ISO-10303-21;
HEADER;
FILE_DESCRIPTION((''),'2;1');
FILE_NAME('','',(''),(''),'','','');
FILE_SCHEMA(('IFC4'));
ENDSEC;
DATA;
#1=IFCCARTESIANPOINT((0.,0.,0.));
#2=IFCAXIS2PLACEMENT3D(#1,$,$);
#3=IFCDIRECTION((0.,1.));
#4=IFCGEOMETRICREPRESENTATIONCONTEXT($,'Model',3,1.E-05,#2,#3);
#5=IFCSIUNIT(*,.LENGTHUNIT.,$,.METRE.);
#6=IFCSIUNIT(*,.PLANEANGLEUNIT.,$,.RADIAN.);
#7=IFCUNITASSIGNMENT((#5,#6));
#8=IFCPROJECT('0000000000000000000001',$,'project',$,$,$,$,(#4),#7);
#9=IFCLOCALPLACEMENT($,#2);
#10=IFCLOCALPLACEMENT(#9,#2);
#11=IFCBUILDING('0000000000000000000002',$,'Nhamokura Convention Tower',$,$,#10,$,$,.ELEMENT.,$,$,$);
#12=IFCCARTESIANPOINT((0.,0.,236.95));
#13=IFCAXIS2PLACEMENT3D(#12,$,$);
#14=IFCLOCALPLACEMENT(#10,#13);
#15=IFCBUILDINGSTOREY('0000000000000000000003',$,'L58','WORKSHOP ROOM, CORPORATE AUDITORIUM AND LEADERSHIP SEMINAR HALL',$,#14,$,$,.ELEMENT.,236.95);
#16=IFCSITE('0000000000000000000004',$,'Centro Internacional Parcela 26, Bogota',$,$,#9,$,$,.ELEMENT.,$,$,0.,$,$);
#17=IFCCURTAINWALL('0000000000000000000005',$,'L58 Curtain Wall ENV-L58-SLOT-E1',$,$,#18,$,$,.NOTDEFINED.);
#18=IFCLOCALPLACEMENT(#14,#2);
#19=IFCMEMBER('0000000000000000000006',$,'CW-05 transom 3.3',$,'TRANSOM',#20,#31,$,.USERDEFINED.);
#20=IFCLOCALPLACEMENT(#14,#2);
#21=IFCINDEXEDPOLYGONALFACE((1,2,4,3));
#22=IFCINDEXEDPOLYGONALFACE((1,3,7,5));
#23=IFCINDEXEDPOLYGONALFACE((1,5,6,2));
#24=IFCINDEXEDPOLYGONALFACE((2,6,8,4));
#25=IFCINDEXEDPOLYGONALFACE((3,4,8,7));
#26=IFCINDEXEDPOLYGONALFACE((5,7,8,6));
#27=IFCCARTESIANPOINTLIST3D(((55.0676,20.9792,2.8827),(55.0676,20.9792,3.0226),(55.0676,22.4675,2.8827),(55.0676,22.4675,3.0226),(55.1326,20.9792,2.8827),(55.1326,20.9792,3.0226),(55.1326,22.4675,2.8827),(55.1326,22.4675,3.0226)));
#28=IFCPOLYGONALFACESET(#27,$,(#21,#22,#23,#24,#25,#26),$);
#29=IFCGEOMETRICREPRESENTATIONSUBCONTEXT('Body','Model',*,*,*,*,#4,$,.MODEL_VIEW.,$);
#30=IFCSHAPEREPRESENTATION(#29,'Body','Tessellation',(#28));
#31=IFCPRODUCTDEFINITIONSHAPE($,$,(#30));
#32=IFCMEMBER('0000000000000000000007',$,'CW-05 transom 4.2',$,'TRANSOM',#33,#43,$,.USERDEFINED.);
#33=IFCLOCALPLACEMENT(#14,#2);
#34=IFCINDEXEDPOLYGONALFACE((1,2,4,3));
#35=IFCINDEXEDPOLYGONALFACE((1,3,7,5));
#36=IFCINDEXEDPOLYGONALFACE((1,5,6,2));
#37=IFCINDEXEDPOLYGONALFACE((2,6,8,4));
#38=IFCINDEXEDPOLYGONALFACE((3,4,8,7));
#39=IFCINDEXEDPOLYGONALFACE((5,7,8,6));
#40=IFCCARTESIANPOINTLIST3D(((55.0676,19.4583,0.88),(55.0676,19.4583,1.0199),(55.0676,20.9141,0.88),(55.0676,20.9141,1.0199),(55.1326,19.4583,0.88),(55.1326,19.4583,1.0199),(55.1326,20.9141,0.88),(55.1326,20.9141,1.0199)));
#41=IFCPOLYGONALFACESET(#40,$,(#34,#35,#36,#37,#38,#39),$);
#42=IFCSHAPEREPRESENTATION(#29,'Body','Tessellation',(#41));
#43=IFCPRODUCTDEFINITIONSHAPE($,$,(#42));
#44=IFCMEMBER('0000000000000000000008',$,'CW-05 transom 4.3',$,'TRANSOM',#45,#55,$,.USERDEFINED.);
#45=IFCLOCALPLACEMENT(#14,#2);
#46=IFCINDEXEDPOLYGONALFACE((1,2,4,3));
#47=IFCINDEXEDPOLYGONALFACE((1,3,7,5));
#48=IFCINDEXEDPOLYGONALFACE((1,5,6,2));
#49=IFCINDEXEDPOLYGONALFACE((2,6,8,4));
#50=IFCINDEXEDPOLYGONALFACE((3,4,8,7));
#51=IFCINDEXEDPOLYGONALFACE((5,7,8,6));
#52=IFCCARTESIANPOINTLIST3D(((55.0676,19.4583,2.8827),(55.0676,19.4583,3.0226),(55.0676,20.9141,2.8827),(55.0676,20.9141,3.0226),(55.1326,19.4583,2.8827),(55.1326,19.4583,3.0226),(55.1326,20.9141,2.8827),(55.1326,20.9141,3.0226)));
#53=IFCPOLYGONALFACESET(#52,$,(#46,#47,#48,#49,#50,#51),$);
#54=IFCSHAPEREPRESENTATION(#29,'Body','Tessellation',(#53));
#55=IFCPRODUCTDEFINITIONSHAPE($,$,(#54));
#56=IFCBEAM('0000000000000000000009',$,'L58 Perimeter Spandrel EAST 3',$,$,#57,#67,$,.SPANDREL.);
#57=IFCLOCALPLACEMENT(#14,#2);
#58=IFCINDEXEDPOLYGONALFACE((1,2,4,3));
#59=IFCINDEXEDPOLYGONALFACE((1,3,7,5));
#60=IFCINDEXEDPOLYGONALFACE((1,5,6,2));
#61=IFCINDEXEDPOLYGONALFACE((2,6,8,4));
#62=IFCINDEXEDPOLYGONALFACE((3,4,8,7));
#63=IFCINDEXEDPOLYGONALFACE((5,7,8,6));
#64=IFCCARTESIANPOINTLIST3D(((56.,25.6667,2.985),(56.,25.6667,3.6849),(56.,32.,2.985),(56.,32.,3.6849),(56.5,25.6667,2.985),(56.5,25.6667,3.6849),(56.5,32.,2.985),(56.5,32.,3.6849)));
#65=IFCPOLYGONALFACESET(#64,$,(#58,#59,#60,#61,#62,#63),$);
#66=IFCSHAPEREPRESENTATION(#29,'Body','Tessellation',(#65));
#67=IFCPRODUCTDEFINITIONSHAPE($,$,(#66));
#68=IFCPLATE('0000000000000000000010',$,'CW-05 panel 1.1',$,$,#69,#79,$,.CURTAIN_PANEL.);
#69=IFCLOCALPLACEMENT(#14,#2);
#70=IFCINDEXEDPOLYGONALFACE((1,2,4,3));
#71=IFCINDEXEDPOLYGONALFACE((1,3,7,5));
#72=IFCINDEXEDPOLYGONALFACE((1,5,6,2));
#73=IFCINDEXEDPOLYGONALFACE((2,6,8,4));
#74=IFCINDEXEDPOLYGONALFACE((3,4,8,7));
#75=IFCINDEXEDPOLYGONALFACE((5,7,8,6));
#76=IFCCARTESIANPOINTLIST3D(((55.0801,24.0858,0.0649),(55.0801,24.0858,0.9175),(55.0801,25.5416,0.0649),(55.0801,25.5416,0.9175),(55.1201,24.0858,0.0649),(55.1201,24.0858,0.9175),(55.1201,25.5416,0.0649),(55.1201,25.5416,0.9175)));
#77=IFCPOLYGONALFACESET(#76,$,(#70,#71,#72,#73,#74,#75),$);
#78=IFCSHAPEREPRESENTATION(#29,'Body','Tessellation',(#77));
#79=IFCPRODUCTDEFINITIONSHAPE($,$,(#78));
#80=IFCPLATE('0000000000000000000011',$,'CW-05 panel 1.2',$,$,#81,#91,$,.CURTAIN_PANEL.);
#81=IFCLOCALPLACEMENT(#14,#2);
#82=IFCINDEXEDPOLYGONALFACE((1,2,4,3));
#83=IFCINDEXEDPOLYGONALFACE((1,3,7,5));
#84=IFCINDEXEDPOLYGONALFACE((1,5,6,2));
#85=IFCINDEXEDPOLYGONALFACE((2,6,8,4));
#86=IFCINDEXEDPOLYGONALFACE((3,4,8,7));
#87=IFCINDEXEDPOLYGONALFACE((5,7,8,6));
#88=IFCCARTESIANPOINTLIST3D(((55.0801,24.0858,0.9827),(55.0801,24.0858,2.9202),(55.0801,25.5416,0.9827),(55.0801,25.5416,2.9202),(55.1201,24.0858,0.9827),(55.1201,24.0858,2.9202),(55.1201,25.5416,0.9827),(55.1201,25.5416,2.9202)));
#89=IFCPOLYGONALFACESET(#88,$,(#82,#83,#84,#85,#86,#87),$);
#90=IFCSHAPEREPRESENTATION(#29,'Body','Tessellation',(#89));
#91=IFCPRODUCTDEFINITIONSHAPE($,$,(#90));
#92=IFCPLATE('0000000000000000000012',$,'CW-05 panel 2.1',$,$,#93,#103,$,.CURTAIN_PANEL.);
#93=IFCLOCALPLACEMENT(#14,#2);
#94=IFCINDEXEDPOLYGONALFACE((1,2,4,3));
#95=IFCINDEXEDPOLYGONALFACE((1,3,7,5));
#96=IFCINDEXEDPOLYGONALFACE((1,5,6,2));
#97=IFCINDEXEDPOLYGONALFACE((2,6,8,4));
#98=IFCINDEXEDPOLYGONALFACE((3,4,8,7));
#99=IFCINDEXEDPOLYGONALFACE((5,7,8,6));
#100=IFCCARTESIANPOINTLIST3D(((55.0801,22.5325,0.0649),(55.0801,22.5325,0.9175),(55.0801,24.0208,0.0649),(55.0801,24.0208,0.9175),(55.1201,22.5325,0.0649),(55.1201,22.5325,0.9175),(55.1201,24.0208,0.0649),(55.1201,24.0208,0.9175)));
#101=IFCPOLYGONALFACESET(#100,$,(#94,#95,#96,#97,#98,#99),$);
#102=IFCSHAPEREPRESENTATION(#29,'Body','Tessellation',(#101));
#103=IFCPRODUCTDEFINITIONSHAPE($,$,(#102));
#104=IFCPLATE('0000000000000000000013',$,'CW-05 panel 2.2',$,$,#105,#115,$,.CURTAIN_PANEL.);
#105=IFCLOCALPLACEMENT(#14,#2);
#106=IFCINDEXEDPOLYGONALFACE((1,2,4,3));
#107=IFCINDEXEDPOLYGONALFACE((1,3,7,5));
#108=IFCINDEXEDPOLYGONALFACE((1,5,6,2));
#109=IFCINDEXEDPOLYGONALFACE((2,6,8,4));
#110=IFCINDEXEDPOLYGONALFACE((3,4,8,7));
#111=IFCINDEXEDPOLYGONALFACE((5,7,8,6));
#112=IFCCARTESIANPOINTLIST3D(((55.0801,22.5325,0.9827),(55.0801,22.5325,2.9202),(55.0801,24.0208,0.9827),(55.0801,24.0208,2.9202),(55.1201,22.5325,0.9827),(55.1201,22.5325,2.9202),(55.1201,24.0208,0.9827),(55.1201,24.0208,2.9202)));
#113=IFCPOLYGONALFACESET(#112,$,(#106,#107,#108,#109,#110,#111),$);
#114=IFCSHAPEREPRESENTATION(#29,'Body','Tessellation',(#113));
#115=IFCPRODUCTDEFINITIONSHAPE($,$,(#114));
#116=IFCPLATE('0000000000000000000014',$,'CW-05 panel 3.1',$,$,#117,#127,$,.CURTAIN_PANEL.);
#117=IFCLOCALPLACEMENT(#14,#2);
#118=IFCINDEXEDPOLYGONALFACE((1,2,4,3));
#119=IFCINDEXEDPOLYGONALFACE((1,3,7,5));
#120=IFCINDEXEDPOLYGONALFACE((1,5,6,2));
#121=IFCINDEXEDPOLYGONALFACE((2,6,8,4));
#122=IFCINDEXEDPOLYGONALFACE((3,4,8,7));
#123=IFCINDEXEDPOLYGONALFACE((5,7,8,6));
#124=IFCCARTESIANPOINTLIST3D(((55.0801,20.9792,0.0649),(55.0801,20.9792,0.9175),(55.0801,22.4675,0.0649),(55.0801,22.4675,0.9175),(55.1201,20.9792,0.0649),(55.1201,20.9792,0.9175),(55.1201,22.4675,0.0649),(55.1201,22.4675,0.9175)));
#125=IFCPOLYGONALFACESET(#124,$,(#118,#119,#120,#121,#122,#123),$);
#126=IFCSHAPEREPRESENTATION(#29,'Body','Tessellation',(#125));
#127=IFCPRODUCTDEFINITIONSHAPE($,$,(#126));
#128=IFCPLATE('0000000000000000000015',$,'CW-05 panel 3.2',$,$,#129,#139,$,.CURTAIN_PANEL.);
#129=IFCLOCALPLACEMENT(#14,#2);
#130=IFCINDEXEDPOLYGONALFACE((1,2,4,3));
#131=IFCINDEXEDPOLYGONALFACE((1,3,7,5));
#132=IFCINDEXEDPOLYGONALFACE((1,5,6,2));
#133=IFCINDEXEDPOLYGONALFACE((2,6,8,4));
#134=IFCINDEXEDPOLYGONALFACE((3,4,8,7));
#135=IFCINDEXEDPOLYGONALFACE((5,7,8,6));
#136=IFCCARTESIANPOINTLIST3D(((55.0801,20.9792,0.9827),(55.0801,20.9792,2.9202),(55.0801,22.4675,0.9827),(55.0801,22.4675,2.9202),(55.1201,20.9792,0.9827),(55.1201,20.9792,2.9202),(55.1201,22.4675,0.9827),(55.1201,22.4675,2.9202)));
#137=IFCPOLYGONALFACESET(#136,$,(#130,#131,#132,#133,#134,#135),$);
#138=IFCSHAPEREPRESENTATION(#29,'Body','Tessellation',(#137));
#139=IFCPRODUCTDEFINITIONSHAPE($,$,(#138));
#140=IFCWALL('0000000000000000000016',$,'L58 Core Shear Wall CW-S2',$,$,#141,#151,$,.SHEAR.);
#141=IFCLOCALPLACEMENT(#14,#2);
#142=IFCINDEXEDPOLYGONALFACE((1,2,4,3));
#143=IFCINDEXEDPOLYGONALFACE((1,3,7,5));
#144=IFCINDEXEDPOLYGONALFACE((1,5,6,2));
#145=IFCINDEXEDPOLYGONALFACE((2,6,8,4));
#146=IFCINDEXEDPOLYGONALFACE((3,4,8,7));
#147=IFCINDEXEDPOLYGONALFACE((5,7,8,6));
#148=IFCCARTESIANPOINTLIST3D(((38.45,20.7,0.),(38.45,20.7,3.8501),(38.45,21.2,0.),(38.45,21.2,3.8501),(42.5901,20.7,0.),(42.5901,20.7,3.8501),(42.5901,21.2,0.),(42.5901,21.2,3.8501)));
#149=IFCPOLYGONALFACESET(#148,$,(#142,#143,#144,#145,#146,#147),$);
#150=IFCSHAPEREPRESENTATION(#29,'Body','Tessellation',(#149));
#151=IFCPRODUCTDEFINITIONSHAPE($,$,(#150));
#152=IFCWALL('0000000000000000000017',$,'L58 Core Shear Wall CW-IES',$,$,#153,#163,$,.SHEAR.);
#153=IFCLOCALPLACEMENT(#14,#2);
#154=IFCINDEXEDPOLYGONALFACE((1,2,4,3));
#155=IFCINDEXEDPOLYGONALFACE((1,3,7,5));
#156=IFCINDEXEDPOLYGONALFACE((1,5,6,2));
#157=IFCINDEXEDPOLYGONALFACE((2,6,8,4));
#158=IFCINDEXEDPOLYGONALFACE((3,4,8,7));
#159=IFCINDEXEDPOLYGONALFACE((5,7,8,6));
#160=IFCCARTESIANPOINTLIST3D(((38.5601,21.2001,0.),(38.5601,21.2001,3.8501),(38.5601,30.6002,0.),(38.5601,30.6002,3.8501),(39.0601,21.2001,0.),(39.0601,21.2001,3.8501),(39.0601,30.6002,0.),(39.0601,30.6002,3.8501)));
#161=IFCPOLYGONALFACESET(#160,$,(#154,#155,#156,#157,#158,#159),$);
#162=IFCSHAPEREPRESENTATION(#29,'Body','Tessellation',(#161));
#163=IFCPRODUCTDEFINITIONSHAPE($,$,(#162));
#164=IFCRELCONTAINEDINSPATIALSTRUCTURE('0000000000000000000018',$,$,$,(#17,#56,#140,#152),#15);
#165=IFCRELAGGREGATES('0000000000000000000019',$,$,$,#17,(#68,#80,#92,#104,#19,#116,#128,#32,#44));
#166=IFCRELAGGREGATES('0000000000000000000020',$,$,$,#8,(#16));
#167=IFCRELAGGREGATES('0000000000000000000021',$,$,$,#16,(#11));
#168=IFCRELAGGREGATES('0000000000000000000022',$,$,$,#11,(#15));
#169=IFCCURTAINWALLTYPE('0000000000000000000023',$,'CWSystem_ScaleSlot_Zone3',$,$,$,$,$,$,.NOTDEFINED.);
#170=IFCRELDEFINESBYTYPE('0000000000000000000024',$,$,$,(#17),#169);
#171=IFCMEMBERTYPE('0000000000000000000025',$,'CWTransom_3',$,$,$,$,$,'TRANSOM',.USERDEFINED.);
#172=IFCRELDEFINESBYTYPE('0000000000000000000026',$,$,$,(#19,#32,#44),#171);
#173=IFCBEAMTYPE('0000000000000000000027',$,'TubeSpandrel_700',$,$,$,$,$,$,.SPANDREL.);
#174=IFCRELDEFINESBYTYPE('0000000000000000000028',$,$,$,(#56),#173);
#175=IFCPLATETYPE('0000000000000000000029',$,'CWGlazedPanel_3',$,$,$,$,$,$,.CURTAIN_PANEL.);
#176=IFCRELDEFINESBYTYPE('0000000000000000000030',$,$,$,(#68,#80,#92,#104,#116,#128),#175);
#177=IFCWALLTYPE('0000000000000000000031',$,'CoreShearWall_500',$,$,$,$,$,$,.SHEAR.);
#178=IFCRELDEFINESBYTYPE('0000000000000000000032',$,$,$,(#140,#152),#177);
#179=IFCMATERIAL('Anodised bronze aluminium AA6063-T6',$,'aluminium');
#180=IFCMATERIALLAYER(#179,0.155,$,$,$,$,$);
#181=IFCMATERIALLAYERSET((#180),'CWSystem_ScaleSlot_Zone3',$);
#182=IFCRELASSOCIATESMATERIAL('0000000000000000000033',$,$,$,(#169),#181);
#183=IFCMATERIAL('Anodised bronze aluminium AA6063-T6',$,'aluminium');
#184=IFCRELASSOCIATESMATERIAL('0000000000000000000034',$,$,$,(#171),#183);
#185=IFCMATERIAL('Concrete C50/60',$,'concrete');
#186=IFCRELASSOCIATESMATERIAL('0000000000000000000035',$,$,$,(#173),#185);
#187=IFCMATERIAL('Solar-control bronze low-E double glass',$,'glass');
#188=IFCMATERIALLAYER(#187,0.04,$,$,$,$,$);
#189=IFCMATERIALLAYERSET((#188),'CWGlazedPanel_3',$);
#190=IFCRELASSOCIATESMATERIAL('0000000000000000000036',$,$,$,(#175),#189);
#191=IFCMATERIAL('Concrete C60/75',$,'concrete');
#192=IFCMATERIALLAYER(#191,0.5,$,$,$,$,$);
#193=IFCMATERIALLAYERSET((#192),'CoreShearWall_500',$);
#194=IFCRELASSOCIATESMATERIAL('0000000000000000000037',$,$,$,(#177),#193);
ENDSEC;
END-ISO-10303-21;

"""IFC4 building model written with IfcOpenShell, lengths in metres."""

from ifc_helpers import new_model, si_unit, direction, frame, frame_2d, origin, origin_2d, place, context, subcontext, project, spatial, rectangle, extrude, material, layer, layer_set, material_profile, profile_set, type_object, element, aggregate, save


model = new_model("IFC4")

# Units and contexts
model_context = context("Model", 3, precision=1e-05, world=origin(), true_north=direction((0.0, 1.0)))
body_context = subcontext(model_context, "Body", "Model", "MODEL_VIEW")
ifc_project = project(units=[si_unit("LENGTHUNIT", "METRE"), si_unit("PLANEANGLEUNIT", "RADIAN")], contexts=[model_context])

# Site, building, storey
site_placement = place(None, origin())
site = spatial("IfcSite", under=ifc_project, at=site_placement, Name="Centro Internacional Parcela 26, Bogota", CompositionType="ELEMENT", RefElevation=0.0)
building_placement = place(site_placement, origin())
building = spatial("IfcBuilding", under=site, at=building_placement, Name="Nhamokura Convention Tower", CompositionType="ELEMENT")
storey_placement = place(building_placement, frame((0.0, 0.0, 236.95)))
storey = spatial("IfcBuildingStorey", under=building, at=storey_placement, Name="L58", Description="WORKSHOP ROOM, CORPORATE AUDITORIUM AND LEADERSHIP SEMINAR HALL", CompositionType="ELEMENT", Elevation=236.95)

# Curtain wall
ifc_material_1 = material(Name="Anodised bronze aluminium AA6063-T6", Category="aluminium")
ifc_layer_1 = layer(ifc_material_1, 0.155)
ifc_layer_set_1 = layer_set([ifc_layer_1], Name="CWSystem_ScaleSlot_Zone3")
curtain_wall_type = type_object("IfcCurtainWallType", Name="CWSystem_ScaleSlot_Zone3", PredefinedType="NOTDEFINED", material=ifc_layer_set_1)
curtain_wall_1_placement = place(storey_placement, origin())
curtain_wall_1 = element("IfcCurtainWall", 1, at=curtain_wall_1_placement, inside=storey, type_object=curtain_wall_type, Name="L58 Curtain Wall ENV-L58-SLOT-E1", PredefinedType="NOTDEFINED")

# Members
ifc_material_2 = material(Name="Anodised bronze aluminium AA6063-T6", Category="aluminium")
ifc_material_profile_1 = material_profile(ifc_material_2, rectangle(XDim=0.0649, YDim=0.1399, at=origin_2d()))
ifc_profile_set_1 = profile_set([ifc_material_profile_1], Name="Anodised bronze aluminium AA6063-T6")
member_type_1 = type_object("IfcMemberType", Name="CWTransom_3", ElementType="TRANSOM", PredefinedType="USERDEFINED", material=ifc_profile_set_1)
member_1_placement = place(storey_placement, frame((55.1001, 22.4675, 2.9526), z_axis=(0.0, -1.0, 0.0), x_axis=(1.0, 0.0, 0.0)))
member_1 = element("IfcMember", 2, at=member_1_placement, type_object=member_type_1, Name="CW-05 transom 3.3", ObjectType="TRANSOM", PredefinedType="USERDEFINED", context=body_context, shape_type="SweptSolid", body=[
    extrude(rectangle(XDim=0.0649, YDim=0.1399, at=origin_2d()), origin(), (0.0, 0.0, 1.0), 1.4883),
])
member_2_placement = place(storey_placement, frame((55.1001, 20.9141, 0.95), z_axis=(0.0, -1.0, 0.0), x_axis=(1.0, 0.0, 0.0)))
member_2 = element("IfcMember", 3, at=member_2_placement, type_object=member_type_1, Name="CW-05 transom 4.2", ObjectType="TRANSOM", PredefinedType="USERDEFINED", context=body_context, shape_type="SweptSolid", body=[
    extrude(rectangle(XDim=0.0649, YDim=0.1399, at=origin_2d()), origin(), (0.0, 0.0, 1.0), 1.4558),
])
member_3_placement = place(storey_placement, frame((55.1001, 20.9141, 2.9526), z_axis=(0.0, -1.0, 0.0), x_axis=(1.0, 0.0, 0.0)))
member_3 = element("IfcMember", 4, at=member_3_placement, type_object=member_type_1, Name="CW-05 transom 4.3", ObjectType="TRANSOM", PredefinedType="USERDEFINED", context=body_context, shape_type="SweptSolid", body=[
    extrude(rectangle(XDim=0.0649, YDim=0.1399, at=origin_2d()), origin(), (0.0, 0.0, 1.0), 1.4558),
])

# Beam
ifc_material_3 = material(Name="Concrete C50/60", Category="concrete")
ifc_material_profile_2 = material_profile(ifc_material_3, rectangle(XDim=0.5, YDim=0.7, at=origin_2d()))
ifc_profile_set_2 = profile_set([ifc_material_profile_2], Name="Concrete C50/60")
beam_type = type_object("IfcBeamType", Name="TubeSpandrel_700", PredefinedType="SPANDREL", material=ifc_profile_set_2)
beam_placement = place(storey_placement, frame((56.25, 25.6667, 3.335), z_axis=(0.0, 1.0, 0.0), x_axis=(-1.0, 0.0, 0.0)))
element("IfcBeam", 5, at=beam_placement, inside=storey, type_object=beam_type, Name="L58 Perimeter Spandrel EAST 3", PredefinedType="SPANDREL", context=body_context, shape_type="SweptSolid", body=[
    extrude(rectangle(XDim=0.5, YDim=0.7, at=origin_2d()), origin(), (0.0, 0.0, 1.0), 6.3333),
])

# Plates
ifc_material_4 = material(Name="Solar-control bronze low-E double glass", Category="glass")
ifc_layer_2 = layer(ifc_material_4, 0.04)
ifc_layer_set_2 = layer_set([ifc_layer_2], Name="CWGlazedPanel_3")
plate_type = type_object("IfcPlateType", Name="CWGlazedPanel_3", PredefinedType="CURTAIN_PANEL", material=ifc_layer_set_2)
plate_1_placement = place(storey_placement, frame((55.1001, 24.8137, 0.0649), z_axis=(0.0, 0.0, 1.0), x_axis=(0.0, -1.0, 0.0)))
plate_1 = element("IfcPlate", 6, at=plate_1_placement, type_object=plate_type, Name="CW-05 panel 1.1", PredefinedType="CURTAIN_PANEL", context=body_context, shape_type="SweptSolid", body=[
    extrude(rectangle(XDim=1.4558, YDim=0.04, at=origin_2d()), origin(), (0.0, 0.0, 1.0), 0.8525),
])
plate_2_placement = place(storey_placement, frame((55.1001, 24.8137, 0.9827), z_axis=(0.0, 0.0, 1.0), x_axis=(0.0, -1.0, 0.0)))
plate_2 = element("IfcPlate", 7, at=plate_2_placement, type_object=plate_type, Name="CW-05 panel 1.2", PredefinedType="CURTAIN_PANEL", context=body_context, shape_type="SweptSolid", body=[
    extrude(rectangle(XDim=1.4558, YDim=0.04, at=origin_2d()), origin(), (0.0, 0.0, 1.0), 1.9375),
])
plate_3_placement = place(storey_placement, frame((55.1001, 23.2766, 0.0649), z_axis=(0.0, 0.0, 1.0), x_axis=(0.0, -1.0, 0.0)))
plate_3 = element("IfcPlate", 8, at=plate_3_placement, type_object=plate_type, Name="CW-05 panel 2.1", PredefinedType="CURTAIN_PANEL", context=body_context, shape_type="SweptSolid", body=[
    extrude(rectangle(XDim=1.4883, YDim=0.04, at=origin_2d()), origin(), (0.0, 0.0, 1.0), 0.8525),
])
plate_4_placement = place(storey_placement, frame((55.1001, 23.2766, 0.9827), z_axis=(0.0, 0.0, 1.0), x_axis=(0.0, -1.0, 0.0)))
plate_4 = element("IfcPlate", 9, at=plate_4_placement, type_object=plate_type, Name="CW-05 panel 2.2", PredefinedType="CURTAIN_PANEL", context=body_context, shape_type="SweptSolid", body=[
    extrude(rectangle(XDim=1.4883, YDim=0.04, at=origin_2d()), origin(), (0.0, 0.0, 1.0), 1.9375),
])
plate_5_placement = place(storey_placement, frame((55.1001, 21.7234, 0.0649), z_axis=(0.0, 0.0, 1.0), x_axis=(0.0, -1.0, 0.0)))
plate_5 = element("IfcPlate", 10, at=plate_5_placement, type_object=plate_type, Name="CW-05 panel 3.1", PredefinedType="CURTAIN_PANEL", context=body_context, shape_type="SweptSolid", body=[
    extrude(rectangle(XDim=1.4883, YDim=0.04, at=origin_2d()), origin(), (0.0, 0.0, 1.0), 0.8525),
])
plate_6_placement = place(storey_placement, frame((55.1001, 21.7234, 0.9827), z_axis=(0.0, 0.0, 1.0), x_axis=(0.0, -1.0, 0.0)))
plate_6 = element("IfcPlate", 11, at=plate_6_placement, type_object=plate_type, Name="CW-05 panel 3.2", PredefinedType="CURTAIN_PANEL", context=body_context, shape_type="SweptSolid", body=[
    extrude(rectangle(XDim=1.4883, YDim=0.04, at=origin_2d()), origin(), (0.0, 0.0, 1.0), 1.9375),
])
aggregate(curtain_wall_1, [plate_1, plate_2, plate_3, plate_4, member_1, plate_5, plate_6, member_2, member_3])

# Walls
ifc_material_5 = material(Name="Concrete C60/75", Category="concrete")
ifc_layer_3 = layer(ifc_material_5, 0.5)
ifc_layer_set_3 = layer_set([ifc_layer_3], Name="CoreShearWall_500")
wall_type = type_object("IfcWallType", Name="CoreShearWall_500", PredefinedType="SHEAR", material=ifc_layer_set_3)
wall_1_placement = place(storey_placement, frame((38.45, 20.95, 0.0), z_axis=(0.0, 0.0, 1.0), x_axis=(1.0, 0.0, 0.0)))
element("IfcWall", 12, at=wall_1_placement, inside=storey, type_object=wall_type, Name="L58 Core Shear Wall CW-S2", PredefinedType="SHEAR", context=body_context, shape_type="SweptSolid", body=[
    extrude(rectangle(XDim=4.1401, YDim=0.5, at=frame_2d((2.0701, 0.0))), origin(), (0.0, 0.0, 1.0), 3.8501),
])
wall_2_placement = place(storey_placement, frame((38.8101, 21.2, 0.0), z_axis=(0.0, 0.0, 1.0), x_axis=(0.0, 1.0, 0.0)))
element("IfcWall", 13, at=wall_2_placement, inside=storey, type_object=wall_type, Name="L58 Core Shear Wall CW-IES", PredefinedType="SHEAR", context=body_context, shape_type="SweptSolid", body=[
    extrude(rectangle(XDim=9.4001, YDim=0.5, at=frame_2d((4.7002, 0.0))), origin(), (0.0, 0.0, 1.0), 3.8501),
])

save(model, "model.ifc")
